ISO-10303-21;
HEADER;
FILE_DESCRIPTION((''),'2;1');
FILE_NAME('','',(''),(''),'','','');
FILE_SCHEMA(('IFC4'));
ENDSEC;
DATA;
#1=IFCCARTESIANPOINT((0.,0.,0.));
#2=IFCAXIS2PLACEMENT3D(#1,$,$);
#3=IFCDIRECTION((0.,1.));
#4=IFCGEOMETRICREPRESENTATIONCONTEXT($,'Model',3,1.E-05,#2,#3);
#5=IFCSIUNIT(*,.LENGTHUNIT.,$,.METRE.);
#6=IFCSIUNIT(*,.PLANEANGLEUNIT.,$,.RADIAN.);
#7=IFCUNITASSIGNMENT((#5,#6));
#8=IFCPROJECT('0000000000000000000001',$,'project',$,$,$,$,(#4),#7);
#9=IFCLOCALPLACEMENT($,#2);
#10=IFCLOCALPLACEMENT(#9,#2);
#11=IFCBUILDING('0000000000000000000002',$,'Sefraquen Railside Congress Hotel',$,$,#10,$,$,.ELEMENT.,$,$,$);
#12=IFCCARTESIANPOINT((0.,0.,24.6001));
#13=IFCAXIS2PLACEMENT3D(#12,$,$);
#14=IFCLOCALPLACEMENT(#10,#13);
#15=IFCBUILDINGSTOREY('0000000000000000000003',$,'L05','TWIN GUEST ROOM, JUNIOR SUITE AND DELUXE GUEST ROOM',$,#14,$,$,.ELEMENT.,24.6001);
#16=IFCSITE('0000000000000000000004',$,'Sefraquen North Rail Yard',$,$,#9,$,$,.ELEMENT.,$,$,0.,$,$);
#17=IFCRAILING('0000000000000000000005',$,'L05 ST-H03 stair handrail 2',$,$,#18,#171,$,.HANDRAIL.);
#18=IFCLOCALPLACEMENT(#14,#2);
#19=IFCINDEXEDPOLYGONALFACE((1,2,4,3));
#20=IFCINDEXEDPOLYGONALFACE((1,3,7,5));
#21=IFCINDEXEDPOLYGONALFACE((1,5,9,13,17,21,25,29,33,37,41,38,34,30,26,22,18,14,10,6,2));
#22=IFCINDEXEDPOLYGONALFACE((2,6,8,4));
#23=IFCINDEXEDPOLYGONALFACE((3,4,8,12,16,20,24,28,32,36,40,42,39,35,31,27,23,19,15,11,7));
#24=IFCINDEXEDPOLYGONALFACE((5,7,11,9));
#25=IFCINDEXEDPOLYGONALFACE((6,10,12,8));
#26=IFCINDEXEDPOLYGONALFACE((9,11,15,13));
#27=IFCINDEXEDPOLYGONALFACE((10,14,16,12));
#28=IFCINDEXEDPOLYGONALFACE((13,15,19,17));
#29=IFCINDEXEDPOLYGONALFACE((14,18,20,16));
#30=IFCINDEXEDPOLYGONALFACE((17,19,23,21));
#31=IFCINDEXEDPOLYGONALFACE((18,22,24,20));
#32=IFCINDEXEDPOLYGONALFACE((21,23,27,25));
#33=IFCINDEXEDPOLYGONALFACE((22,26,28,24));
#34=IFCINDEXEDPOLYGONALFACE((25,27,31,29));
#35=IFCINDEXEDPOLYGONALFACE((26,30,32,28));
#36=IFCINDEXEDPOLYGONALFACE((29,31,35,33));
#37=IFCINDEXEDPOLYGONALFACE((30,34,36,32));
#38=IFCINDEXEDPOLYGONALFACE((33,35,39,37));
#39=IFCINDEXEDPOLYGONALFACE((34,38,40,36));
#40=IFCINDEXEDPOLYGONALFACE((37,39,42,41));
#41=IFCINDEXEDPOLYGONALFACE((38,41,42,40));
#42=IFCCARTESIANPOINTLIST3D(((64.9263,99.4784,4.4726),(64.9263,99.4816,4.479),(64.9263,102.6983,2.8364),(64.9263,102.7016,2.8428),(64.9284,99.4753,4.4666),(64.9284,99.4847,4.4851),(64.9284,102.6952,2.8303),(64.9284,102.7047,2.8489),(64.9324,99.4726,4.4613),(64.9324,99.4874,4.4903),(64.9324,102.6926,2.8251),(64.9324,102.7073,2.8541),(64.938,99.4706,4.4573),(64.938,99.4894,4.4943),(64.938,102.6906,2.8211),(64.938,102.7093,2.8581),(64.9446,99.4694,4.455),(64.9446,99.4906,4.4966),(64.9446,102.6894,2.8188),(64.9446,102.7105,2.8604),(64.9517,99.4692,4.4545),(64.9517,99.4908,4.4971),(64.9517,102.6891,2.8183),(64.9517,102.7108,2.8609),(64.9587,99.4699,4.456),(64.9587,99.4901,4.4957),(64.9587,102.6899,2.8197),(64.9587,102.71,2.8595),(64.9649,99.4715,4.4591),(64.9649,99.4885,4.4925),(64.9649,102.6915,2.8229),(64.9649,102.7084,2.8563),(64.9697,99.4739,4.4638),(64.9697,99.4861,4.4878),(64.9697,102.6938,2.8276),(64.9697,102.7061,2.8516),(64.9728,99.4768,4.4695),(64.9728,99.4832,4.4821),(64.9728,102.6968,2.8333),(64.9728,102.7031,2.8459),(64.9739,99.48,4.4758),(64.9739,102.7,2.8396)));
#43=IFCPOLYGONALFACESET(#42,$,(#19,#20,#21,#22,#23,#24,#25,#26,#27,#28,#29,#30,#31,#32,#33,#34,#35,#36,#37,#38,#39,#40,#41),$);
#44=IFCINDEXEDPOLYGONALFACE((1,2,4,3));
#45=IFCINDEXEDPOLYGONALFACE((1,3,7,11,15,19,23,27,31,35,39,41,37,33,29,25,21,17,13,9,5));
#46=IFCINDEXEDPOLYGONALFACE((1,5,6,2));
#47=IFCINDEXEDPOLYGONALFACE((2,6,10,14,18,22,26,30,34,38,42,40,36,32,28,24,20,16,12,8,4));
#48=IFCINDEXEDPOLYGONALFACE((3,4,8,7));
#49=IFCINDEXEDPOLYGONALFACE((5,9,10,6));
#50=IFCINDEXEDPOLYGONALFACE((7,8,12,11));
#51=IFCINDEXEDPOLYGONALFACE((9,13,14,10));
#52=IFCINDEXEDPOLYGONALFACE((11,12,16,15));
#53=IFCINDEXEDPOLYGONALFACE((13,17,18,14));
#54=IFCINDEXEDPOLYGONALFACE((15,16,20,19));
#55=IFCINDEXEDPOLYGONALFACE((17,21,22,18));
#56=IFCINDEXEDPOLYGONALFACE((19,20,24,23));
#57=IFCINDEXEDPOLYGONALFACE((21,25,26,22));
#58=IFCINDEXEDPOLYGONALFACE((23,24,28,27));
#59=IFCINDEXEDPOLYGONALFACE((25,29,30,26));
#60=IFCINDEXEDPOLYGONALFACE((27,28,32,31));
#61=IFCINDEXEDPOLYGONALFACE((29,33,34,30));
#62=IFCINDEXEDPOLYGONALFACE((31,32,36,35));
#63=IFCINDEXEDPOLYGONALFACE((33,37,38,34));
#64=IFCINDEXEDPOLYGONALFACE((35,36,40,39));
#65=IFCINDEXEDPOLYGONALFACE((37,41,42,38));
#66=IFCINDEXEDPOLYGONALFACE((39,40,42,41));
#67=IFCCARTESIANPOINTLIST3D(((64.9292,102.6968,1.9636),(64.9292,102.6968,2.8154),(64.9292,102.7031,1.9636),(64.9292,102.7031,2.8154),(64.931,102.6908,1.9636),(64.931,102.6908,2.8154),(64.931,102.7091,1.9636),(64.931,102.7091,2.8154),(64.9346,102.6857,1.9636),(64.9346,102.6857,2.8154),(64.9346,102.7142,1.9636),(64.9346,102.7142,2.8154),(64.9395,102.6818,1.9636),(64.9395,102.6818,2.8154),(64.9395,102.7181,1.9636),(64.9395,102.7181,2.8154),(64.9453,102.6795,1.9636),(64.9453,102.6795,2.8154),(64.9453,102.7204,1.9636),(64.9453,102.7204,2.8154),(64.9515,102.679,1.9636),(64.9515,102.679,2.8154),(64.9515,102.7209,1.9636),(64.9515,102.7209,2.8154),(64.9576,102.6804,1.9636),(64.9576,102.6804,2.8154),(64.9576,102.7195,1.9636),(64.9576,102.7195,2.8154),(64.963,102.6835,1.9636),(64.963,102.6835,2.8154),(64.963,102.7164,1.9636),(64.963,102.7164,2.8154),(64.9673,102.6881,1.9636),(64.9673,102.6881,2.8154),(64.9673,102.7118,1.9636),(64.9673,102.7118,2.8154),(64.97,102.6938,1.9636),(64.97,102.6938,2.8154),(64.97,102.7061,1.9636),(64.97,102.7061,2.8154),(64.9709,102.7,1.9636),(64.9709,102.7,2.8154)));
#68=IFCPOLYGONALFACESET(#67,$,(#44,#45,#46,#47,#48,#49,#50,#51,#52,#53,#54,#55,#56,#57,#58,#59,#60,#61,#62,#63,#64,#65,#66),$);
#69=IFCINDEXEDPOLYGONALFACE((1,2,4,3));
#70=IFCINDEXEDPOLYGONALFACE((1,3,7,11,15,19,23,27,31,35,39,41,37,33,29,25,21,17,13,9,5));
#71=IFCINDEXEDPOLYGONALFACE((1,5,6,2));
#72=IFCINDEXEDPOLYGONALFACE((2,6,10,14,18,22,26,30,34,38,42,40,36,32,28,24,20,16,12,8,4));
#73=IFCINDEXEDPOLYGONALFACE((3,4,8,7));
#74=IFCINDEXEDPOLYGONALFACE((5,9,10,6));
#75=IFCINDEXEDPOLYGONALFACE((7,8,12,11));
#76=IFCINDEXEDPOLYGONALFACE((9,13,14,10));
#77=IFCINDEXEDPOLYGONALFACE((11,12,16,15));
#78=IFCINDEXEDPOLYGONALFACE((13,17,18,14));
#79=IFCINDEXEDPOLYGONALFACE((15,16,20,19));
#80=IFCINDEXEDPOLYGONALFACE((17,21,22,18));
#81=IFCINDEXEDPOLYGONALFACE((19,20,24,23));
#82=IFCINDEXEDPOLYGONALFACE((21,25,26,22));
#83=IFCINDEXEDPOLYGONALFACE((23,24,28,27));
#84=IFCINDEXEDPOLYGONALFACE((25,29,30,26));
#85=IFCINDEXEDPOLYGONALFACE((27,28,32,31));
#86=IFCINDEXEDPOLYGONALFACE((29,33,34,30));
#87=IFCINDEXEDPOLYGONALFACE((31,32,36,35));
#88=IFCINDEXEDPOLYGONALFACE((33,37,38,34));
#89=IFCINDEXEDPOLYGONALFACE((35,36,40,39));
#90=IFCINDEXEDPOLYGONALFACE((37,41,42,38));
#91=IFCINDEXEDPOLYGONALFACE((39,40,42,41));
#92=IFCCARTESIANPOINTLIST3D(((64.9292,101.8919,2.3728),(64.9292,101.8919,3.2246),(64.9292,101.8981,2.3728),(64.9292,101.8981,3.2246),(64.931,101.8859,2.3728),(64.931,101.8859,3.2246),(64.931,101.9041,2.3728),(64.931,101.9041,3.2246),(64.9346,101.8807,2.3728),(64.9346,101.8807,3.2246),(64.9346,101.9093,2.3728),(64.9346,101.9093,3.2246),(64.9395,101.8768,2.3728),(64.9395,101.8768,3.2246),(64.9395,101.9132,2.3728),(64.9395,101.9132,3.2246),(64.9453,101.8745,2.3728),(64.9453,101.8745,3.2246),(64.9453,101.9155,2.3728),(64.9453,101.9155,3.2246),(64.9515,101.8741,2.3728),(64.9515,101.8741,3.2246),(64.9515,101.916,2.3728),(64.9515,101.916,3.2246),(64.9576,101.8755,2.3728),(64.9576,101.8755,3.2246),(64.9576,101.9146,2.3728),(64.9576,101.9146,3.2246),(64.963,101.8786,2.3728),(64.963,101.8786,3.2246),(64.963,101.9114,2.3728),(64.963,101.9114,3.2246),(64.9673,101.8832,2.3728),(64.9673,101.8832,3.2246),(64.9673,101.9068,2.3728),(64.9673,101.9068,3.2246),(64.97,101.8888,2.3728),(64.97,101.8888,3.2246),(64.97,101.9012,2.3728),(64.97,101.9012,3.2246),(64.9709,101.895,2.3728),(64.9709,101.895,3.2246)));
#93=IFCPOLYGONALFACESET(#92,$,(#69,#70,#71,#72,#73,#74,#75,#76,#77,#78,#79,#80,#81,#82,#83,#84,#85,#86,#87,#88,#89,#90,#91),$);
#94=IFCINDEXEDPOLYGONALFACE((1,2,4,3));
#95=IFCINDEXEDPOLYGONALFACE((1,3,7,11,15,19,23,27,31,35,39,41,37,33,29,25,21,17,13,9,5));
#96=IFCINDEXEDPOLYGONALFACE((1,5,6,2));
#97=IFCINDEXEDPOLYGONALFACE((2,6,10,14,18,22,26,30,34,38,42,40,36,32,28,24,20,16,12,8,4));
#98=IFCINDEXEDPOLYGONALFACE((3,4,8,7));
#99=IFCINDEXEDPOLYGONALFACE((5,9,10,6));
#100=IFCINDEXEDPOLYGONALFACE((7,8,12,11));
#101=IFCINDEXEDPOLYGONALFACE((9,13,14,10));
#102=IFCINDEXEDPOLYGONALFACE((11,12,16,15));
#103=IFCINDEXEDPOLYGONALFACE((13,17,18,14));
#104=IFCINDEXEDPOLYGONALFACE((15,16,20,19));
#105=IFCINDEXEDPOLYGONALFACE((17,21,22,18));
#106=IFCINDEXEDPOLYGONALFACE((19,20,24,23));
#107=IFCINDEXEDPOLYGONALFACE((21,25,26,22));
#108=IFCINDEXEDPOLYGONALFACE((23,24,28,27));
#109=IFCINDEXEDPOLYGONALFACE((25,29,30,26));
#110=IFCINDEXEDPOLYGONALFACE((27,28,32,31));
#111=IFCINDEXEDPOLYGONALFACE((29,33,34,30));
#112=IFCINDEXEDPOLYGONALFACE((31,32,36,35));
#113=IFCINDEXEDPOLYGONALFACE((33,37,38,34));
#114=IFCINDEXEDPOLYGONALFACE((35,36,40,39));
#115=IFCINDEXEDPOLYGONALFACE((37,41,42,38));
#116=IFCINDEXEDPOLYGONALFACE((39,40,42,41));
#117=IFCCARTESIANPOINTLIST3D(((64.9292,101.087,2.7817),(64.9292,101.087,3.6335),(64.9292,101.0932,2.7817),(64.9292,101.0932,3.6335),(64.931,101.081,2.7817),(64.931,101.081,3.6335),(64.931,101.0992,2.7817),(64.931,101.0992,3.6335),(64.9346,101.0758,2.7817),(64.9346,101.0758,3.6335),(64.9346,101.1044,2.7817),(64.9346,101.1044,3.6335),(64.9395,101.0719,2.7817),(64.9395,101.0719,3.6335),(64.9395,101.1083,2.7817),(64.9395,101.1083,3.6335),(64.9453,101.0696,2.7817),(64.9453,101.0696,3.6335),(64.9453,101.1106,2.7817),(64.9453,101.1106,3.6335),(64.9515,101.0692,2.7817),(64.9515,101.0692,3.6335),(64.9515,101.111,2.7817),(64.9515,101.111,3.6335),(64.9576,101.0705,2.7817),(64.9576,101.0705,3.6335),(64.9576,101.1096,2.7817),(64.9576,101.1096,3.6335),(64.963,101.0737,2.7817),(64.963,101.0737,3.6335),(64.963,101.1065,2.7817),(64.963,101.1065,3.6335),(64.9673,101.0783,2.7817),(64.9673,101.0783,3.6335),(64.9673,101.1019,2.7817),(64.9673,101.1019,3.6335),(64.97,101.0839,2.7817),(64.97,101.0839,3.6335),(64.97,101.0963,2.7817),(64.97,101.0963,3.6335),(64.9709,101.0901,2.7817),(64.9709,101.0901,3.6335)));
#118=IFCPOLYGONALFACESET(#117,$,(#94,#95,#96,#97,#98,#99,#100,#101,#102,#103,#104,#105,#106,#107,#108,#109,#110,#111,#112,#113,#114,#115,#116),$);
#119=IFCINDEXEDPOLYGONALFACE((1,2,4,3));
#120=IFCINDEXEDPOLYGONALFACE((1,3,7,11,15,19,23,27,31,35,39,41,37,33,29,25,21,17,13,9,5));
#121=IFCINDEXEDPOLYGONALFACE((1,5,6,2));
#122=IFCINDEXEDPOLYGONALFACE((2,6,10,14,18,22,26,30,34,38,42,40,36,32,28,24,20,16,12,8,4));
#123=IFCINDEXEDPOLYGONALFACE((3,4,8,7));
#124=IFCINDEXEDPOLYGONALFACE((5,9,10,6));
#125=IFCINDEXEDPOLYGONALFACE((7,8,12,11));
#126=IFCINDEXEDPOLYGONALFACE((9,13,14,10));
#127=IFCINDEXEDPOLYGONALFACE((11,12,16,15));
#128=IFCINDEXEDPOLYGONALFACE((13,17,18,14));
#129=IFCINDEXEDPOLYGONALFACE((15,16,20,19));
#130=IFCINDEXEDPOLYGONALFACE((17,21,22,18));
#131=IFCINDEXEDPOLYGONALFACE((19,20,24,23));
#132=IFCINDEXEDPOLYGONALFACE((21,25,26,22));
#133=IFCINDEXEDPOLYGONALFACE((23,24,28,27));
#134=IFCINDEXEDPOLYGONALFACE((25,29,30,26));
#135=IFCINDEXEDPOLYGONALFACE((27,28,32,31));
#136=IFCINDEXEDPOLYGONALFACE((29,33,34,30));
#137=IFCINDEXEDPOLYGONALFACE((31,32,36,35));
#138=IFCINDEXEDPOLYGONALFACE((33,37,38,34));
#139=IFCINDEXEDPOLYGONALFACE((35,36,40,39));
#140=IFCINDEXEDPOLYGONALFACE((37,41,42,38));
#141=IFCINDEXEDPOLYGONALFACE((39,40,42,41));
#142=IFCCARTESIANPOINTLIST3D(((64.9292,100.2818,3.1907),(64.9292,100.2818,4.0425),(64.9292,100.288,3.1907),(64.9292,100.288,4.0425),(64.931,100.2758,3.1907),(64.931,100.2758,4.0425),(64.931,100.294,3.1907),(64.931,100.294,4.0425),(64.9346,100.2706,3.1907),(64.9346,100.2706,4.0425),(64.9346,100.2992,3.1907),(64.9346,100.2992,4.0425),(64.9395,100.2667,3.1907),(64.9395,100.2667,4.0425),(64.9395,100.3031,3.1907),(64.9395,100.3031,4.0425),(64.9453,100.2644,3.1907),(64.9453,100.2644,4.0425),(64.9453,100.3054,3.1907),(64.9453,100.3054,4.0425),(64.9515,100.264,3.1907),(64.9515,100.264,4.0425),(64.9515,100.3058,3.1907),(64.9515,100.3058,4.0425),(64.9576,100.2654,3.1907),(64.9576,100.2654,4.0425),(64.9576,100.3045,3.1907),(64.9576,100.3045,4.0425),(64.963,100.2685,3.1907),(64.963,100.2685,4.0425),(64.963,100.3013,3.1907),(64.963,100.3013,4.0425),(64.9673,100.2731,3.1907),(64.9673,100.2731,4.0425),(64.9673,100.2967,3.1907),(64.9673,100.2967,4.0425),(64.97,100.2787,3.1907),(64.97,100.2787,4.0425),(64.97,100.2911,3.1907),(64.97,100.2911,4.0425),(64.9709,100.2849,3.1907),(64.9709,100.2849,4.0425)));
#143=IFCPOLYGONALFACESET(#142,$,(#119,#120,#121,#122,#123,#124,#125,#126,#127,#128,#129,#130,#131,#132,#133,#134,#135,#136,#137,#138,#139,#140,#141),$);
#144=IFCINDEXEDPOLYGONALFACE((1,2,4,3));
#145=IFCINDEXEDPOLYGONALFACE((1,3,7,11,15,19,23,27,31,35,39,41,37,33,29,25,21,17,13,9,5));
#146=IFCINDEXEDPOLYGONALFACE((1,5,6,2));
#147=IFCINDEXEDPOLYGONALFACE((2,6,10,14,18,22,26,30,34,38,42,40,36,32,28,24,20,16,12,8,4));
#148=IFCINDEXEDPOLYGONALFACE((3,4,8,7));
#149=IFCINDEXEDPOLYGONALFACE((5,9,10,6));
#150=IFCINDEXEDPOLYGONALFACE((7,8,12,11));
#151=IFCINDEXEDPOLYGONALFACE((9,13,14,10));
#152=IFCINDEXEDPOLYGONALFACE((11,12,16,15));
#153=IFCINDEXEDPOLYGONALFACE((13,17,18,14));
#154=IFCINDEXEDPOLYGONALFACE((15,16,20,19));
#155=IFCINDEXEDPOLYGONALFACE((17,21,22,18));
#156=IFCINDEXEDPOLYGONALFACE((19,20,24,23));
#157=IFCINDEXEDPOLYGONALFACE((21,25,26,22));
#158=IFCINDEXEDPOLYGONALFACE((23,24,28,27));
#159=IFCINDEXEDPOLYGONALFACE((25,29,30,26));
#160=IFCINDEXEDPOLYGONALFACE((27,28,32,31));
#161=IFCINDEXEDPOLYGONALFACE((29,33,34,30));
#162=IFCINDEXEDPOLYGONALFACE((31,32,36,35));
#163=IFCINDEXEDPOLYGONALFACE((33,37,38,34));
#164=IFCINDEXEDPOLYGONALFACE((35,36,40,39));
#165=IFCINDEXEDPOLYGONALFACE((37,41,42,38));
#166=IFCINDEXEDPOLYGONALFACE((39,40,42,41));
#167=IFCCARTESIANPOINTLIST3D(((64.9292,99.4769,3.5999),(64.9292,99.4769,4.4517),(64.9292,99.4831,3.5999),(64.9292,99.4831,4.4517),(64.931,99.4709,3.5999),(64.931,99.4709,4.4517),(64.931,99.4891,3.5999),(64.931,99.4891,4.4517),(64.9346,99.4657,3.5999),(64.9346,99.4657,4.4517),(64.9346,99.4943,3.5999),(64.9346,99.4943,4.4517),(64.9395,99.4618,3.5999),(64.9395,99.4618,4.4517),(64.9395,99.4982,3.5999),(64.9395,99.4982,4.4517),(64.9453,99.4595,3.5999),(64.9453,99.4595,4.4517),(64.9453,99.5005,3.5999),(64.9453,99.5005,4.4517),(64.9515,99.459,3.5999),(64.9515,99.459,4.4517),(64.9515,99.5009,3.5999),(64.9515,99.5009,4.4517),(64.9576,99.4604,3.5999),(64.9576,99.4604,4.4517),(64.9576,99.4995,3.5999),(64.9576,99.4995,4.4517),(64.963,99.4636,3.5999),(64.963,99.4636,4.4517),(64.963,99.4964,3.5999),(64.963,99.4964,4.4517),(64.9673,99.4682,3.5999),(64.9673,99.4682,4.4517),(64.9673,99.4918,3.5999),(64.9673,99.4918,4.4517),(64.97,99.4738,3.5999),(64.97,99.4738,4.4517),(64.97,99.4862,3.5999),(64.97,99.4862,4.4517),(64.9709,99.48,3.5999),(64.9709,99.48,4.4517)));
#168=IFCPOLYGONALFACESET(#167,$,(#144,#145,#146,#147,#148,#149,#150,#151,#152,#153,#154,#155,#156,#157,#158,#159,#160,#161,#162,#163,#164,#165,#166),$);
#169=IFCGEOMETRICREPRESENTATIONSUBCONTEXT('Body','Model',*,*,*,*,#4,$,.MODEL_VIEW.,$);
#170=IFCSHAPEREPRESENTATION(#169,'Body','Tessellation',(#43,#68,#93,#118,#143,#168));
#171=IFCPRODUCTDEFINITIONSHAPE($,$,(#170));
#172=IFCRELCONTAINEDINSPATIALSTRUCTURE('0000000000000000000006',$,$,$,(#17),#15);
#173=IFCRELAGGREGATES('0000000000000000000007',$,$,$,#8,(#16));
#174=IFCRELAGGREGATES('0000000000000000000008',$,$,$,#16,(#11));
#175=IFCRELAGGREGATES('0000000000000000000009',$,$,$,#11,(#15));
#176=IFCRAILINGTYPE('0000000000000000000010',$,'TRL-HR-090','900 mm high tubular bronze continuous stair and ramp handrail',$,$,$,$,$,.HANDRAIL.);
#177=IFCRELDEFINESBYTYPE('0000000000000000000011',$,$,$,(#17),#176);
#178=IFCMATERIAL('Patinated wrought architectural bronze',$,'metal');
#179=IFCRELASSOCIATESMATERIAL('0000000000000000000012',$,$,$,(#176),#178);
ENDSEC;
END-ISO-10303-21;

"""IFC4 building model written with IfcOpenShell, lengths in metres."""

from ifc_helpers import new_model, si_unit, direction, frame, origin, origin_2d, place, context, subcontext, project, spatial, circle, extrude, material, type_object, element, save


model = new_model("IFC4")

# Units and contexts
model_context = context("Model", 3, precision=1e-05, world=origin(), true_north=direction((0.0, 1.0)))
body_context = subcontext(model_context, "Body", "Model", "MODEL_VIEW")
ifc_project = project(units=[si_unit("LENGTHUNIT", "METRE"), si_unit("PLANEANGLEUNIT", "RADIAN")], contexts=[model_context])

# Site, building, storey
site_placement = place(None, origin())
site = spatial("IfcSite", under=ifc_project, at=site_placement, Name="Sefraquen North Rail Yard", CompositionType="ELEMENT", RefElevation=0.0)
building_placement = place(site_placement, origin())
building = spatial("IfcBuilding", under=site, at=building_placement, Name="Sefraquen Railside Congress Hotel", CompositionType="ELEMENT")
storey_placement = place(building_placement, frame((0.0, 0.0, 24.6001)))
storey = spatial("IfcBuildingStorey", under=building, at=storey_placement, Name="L05", Description="TWIN GUEST ROOM, JUNIOR SUITE AND DELUXE GUEST ROOM", CompositionType="ELEMENT", Elevation=24.6001)

# Railing
ifc_material_1 = material(Name="Patinated wrought architectural bronze", Category="metal")
railing_type_1 = type_object("IfcRailingType", Name="TRL-HR-090", Description="900 mm high tubular bronze continuous stair and ramp handrail", PredefinedType="HANDRAIL", material=ifc_material_1)
railing_1_placement = place(storey_placement, frame((64.95, 102.7, 1.9636)))
element("IfcRailing", 1, at=railing_1_placement, inside=storey, type_object=railing_type_1, Name="L05 ST-H03 stair handrail 2", PredefinedType="HANDRAIL", context=body_context, shape_type="SweptSolid", body=[
    extrude(circle(Radius=0.0239, at=origin_2d()), frame((0.0, 0.0, 0.876), z_axis=(0.0, -0.891502, 0.453017), x_axis=(1.0, 0.0, 0.0)), (0.0, 0.0, 1.0), 3.6118),
    extrude(circle(Radius=0.021, at=origin_2d()), origin(), (0.0, 0.0, 1.0), 0.8518),
    extrude(circle(Radius=0.021, at=origin_2d()), frame((0.0, -0.8049, 0.4092)), (0.0, 0.0, 1.0), 0.8518),
    extrude(circle(Radius=0.021, at=origin_2d()), frame((0.0, -1.6099, 0.8181)), (0.0, 0.0, 1.0), 0.8518),
    extrude(circle(Radius=0.021, at=origin_2d()), frame((0.0, -2.415, 1.2271)), (0.0, 0.0, 1.0), 0.8518),
    extrude(circle(Radius=0.021, at=origin_2d()), frame((0.0, -3.22, 1.6362)), (0.0, 0.0, 1.0), 0.8518),
])

save(model, "model.ifc")
